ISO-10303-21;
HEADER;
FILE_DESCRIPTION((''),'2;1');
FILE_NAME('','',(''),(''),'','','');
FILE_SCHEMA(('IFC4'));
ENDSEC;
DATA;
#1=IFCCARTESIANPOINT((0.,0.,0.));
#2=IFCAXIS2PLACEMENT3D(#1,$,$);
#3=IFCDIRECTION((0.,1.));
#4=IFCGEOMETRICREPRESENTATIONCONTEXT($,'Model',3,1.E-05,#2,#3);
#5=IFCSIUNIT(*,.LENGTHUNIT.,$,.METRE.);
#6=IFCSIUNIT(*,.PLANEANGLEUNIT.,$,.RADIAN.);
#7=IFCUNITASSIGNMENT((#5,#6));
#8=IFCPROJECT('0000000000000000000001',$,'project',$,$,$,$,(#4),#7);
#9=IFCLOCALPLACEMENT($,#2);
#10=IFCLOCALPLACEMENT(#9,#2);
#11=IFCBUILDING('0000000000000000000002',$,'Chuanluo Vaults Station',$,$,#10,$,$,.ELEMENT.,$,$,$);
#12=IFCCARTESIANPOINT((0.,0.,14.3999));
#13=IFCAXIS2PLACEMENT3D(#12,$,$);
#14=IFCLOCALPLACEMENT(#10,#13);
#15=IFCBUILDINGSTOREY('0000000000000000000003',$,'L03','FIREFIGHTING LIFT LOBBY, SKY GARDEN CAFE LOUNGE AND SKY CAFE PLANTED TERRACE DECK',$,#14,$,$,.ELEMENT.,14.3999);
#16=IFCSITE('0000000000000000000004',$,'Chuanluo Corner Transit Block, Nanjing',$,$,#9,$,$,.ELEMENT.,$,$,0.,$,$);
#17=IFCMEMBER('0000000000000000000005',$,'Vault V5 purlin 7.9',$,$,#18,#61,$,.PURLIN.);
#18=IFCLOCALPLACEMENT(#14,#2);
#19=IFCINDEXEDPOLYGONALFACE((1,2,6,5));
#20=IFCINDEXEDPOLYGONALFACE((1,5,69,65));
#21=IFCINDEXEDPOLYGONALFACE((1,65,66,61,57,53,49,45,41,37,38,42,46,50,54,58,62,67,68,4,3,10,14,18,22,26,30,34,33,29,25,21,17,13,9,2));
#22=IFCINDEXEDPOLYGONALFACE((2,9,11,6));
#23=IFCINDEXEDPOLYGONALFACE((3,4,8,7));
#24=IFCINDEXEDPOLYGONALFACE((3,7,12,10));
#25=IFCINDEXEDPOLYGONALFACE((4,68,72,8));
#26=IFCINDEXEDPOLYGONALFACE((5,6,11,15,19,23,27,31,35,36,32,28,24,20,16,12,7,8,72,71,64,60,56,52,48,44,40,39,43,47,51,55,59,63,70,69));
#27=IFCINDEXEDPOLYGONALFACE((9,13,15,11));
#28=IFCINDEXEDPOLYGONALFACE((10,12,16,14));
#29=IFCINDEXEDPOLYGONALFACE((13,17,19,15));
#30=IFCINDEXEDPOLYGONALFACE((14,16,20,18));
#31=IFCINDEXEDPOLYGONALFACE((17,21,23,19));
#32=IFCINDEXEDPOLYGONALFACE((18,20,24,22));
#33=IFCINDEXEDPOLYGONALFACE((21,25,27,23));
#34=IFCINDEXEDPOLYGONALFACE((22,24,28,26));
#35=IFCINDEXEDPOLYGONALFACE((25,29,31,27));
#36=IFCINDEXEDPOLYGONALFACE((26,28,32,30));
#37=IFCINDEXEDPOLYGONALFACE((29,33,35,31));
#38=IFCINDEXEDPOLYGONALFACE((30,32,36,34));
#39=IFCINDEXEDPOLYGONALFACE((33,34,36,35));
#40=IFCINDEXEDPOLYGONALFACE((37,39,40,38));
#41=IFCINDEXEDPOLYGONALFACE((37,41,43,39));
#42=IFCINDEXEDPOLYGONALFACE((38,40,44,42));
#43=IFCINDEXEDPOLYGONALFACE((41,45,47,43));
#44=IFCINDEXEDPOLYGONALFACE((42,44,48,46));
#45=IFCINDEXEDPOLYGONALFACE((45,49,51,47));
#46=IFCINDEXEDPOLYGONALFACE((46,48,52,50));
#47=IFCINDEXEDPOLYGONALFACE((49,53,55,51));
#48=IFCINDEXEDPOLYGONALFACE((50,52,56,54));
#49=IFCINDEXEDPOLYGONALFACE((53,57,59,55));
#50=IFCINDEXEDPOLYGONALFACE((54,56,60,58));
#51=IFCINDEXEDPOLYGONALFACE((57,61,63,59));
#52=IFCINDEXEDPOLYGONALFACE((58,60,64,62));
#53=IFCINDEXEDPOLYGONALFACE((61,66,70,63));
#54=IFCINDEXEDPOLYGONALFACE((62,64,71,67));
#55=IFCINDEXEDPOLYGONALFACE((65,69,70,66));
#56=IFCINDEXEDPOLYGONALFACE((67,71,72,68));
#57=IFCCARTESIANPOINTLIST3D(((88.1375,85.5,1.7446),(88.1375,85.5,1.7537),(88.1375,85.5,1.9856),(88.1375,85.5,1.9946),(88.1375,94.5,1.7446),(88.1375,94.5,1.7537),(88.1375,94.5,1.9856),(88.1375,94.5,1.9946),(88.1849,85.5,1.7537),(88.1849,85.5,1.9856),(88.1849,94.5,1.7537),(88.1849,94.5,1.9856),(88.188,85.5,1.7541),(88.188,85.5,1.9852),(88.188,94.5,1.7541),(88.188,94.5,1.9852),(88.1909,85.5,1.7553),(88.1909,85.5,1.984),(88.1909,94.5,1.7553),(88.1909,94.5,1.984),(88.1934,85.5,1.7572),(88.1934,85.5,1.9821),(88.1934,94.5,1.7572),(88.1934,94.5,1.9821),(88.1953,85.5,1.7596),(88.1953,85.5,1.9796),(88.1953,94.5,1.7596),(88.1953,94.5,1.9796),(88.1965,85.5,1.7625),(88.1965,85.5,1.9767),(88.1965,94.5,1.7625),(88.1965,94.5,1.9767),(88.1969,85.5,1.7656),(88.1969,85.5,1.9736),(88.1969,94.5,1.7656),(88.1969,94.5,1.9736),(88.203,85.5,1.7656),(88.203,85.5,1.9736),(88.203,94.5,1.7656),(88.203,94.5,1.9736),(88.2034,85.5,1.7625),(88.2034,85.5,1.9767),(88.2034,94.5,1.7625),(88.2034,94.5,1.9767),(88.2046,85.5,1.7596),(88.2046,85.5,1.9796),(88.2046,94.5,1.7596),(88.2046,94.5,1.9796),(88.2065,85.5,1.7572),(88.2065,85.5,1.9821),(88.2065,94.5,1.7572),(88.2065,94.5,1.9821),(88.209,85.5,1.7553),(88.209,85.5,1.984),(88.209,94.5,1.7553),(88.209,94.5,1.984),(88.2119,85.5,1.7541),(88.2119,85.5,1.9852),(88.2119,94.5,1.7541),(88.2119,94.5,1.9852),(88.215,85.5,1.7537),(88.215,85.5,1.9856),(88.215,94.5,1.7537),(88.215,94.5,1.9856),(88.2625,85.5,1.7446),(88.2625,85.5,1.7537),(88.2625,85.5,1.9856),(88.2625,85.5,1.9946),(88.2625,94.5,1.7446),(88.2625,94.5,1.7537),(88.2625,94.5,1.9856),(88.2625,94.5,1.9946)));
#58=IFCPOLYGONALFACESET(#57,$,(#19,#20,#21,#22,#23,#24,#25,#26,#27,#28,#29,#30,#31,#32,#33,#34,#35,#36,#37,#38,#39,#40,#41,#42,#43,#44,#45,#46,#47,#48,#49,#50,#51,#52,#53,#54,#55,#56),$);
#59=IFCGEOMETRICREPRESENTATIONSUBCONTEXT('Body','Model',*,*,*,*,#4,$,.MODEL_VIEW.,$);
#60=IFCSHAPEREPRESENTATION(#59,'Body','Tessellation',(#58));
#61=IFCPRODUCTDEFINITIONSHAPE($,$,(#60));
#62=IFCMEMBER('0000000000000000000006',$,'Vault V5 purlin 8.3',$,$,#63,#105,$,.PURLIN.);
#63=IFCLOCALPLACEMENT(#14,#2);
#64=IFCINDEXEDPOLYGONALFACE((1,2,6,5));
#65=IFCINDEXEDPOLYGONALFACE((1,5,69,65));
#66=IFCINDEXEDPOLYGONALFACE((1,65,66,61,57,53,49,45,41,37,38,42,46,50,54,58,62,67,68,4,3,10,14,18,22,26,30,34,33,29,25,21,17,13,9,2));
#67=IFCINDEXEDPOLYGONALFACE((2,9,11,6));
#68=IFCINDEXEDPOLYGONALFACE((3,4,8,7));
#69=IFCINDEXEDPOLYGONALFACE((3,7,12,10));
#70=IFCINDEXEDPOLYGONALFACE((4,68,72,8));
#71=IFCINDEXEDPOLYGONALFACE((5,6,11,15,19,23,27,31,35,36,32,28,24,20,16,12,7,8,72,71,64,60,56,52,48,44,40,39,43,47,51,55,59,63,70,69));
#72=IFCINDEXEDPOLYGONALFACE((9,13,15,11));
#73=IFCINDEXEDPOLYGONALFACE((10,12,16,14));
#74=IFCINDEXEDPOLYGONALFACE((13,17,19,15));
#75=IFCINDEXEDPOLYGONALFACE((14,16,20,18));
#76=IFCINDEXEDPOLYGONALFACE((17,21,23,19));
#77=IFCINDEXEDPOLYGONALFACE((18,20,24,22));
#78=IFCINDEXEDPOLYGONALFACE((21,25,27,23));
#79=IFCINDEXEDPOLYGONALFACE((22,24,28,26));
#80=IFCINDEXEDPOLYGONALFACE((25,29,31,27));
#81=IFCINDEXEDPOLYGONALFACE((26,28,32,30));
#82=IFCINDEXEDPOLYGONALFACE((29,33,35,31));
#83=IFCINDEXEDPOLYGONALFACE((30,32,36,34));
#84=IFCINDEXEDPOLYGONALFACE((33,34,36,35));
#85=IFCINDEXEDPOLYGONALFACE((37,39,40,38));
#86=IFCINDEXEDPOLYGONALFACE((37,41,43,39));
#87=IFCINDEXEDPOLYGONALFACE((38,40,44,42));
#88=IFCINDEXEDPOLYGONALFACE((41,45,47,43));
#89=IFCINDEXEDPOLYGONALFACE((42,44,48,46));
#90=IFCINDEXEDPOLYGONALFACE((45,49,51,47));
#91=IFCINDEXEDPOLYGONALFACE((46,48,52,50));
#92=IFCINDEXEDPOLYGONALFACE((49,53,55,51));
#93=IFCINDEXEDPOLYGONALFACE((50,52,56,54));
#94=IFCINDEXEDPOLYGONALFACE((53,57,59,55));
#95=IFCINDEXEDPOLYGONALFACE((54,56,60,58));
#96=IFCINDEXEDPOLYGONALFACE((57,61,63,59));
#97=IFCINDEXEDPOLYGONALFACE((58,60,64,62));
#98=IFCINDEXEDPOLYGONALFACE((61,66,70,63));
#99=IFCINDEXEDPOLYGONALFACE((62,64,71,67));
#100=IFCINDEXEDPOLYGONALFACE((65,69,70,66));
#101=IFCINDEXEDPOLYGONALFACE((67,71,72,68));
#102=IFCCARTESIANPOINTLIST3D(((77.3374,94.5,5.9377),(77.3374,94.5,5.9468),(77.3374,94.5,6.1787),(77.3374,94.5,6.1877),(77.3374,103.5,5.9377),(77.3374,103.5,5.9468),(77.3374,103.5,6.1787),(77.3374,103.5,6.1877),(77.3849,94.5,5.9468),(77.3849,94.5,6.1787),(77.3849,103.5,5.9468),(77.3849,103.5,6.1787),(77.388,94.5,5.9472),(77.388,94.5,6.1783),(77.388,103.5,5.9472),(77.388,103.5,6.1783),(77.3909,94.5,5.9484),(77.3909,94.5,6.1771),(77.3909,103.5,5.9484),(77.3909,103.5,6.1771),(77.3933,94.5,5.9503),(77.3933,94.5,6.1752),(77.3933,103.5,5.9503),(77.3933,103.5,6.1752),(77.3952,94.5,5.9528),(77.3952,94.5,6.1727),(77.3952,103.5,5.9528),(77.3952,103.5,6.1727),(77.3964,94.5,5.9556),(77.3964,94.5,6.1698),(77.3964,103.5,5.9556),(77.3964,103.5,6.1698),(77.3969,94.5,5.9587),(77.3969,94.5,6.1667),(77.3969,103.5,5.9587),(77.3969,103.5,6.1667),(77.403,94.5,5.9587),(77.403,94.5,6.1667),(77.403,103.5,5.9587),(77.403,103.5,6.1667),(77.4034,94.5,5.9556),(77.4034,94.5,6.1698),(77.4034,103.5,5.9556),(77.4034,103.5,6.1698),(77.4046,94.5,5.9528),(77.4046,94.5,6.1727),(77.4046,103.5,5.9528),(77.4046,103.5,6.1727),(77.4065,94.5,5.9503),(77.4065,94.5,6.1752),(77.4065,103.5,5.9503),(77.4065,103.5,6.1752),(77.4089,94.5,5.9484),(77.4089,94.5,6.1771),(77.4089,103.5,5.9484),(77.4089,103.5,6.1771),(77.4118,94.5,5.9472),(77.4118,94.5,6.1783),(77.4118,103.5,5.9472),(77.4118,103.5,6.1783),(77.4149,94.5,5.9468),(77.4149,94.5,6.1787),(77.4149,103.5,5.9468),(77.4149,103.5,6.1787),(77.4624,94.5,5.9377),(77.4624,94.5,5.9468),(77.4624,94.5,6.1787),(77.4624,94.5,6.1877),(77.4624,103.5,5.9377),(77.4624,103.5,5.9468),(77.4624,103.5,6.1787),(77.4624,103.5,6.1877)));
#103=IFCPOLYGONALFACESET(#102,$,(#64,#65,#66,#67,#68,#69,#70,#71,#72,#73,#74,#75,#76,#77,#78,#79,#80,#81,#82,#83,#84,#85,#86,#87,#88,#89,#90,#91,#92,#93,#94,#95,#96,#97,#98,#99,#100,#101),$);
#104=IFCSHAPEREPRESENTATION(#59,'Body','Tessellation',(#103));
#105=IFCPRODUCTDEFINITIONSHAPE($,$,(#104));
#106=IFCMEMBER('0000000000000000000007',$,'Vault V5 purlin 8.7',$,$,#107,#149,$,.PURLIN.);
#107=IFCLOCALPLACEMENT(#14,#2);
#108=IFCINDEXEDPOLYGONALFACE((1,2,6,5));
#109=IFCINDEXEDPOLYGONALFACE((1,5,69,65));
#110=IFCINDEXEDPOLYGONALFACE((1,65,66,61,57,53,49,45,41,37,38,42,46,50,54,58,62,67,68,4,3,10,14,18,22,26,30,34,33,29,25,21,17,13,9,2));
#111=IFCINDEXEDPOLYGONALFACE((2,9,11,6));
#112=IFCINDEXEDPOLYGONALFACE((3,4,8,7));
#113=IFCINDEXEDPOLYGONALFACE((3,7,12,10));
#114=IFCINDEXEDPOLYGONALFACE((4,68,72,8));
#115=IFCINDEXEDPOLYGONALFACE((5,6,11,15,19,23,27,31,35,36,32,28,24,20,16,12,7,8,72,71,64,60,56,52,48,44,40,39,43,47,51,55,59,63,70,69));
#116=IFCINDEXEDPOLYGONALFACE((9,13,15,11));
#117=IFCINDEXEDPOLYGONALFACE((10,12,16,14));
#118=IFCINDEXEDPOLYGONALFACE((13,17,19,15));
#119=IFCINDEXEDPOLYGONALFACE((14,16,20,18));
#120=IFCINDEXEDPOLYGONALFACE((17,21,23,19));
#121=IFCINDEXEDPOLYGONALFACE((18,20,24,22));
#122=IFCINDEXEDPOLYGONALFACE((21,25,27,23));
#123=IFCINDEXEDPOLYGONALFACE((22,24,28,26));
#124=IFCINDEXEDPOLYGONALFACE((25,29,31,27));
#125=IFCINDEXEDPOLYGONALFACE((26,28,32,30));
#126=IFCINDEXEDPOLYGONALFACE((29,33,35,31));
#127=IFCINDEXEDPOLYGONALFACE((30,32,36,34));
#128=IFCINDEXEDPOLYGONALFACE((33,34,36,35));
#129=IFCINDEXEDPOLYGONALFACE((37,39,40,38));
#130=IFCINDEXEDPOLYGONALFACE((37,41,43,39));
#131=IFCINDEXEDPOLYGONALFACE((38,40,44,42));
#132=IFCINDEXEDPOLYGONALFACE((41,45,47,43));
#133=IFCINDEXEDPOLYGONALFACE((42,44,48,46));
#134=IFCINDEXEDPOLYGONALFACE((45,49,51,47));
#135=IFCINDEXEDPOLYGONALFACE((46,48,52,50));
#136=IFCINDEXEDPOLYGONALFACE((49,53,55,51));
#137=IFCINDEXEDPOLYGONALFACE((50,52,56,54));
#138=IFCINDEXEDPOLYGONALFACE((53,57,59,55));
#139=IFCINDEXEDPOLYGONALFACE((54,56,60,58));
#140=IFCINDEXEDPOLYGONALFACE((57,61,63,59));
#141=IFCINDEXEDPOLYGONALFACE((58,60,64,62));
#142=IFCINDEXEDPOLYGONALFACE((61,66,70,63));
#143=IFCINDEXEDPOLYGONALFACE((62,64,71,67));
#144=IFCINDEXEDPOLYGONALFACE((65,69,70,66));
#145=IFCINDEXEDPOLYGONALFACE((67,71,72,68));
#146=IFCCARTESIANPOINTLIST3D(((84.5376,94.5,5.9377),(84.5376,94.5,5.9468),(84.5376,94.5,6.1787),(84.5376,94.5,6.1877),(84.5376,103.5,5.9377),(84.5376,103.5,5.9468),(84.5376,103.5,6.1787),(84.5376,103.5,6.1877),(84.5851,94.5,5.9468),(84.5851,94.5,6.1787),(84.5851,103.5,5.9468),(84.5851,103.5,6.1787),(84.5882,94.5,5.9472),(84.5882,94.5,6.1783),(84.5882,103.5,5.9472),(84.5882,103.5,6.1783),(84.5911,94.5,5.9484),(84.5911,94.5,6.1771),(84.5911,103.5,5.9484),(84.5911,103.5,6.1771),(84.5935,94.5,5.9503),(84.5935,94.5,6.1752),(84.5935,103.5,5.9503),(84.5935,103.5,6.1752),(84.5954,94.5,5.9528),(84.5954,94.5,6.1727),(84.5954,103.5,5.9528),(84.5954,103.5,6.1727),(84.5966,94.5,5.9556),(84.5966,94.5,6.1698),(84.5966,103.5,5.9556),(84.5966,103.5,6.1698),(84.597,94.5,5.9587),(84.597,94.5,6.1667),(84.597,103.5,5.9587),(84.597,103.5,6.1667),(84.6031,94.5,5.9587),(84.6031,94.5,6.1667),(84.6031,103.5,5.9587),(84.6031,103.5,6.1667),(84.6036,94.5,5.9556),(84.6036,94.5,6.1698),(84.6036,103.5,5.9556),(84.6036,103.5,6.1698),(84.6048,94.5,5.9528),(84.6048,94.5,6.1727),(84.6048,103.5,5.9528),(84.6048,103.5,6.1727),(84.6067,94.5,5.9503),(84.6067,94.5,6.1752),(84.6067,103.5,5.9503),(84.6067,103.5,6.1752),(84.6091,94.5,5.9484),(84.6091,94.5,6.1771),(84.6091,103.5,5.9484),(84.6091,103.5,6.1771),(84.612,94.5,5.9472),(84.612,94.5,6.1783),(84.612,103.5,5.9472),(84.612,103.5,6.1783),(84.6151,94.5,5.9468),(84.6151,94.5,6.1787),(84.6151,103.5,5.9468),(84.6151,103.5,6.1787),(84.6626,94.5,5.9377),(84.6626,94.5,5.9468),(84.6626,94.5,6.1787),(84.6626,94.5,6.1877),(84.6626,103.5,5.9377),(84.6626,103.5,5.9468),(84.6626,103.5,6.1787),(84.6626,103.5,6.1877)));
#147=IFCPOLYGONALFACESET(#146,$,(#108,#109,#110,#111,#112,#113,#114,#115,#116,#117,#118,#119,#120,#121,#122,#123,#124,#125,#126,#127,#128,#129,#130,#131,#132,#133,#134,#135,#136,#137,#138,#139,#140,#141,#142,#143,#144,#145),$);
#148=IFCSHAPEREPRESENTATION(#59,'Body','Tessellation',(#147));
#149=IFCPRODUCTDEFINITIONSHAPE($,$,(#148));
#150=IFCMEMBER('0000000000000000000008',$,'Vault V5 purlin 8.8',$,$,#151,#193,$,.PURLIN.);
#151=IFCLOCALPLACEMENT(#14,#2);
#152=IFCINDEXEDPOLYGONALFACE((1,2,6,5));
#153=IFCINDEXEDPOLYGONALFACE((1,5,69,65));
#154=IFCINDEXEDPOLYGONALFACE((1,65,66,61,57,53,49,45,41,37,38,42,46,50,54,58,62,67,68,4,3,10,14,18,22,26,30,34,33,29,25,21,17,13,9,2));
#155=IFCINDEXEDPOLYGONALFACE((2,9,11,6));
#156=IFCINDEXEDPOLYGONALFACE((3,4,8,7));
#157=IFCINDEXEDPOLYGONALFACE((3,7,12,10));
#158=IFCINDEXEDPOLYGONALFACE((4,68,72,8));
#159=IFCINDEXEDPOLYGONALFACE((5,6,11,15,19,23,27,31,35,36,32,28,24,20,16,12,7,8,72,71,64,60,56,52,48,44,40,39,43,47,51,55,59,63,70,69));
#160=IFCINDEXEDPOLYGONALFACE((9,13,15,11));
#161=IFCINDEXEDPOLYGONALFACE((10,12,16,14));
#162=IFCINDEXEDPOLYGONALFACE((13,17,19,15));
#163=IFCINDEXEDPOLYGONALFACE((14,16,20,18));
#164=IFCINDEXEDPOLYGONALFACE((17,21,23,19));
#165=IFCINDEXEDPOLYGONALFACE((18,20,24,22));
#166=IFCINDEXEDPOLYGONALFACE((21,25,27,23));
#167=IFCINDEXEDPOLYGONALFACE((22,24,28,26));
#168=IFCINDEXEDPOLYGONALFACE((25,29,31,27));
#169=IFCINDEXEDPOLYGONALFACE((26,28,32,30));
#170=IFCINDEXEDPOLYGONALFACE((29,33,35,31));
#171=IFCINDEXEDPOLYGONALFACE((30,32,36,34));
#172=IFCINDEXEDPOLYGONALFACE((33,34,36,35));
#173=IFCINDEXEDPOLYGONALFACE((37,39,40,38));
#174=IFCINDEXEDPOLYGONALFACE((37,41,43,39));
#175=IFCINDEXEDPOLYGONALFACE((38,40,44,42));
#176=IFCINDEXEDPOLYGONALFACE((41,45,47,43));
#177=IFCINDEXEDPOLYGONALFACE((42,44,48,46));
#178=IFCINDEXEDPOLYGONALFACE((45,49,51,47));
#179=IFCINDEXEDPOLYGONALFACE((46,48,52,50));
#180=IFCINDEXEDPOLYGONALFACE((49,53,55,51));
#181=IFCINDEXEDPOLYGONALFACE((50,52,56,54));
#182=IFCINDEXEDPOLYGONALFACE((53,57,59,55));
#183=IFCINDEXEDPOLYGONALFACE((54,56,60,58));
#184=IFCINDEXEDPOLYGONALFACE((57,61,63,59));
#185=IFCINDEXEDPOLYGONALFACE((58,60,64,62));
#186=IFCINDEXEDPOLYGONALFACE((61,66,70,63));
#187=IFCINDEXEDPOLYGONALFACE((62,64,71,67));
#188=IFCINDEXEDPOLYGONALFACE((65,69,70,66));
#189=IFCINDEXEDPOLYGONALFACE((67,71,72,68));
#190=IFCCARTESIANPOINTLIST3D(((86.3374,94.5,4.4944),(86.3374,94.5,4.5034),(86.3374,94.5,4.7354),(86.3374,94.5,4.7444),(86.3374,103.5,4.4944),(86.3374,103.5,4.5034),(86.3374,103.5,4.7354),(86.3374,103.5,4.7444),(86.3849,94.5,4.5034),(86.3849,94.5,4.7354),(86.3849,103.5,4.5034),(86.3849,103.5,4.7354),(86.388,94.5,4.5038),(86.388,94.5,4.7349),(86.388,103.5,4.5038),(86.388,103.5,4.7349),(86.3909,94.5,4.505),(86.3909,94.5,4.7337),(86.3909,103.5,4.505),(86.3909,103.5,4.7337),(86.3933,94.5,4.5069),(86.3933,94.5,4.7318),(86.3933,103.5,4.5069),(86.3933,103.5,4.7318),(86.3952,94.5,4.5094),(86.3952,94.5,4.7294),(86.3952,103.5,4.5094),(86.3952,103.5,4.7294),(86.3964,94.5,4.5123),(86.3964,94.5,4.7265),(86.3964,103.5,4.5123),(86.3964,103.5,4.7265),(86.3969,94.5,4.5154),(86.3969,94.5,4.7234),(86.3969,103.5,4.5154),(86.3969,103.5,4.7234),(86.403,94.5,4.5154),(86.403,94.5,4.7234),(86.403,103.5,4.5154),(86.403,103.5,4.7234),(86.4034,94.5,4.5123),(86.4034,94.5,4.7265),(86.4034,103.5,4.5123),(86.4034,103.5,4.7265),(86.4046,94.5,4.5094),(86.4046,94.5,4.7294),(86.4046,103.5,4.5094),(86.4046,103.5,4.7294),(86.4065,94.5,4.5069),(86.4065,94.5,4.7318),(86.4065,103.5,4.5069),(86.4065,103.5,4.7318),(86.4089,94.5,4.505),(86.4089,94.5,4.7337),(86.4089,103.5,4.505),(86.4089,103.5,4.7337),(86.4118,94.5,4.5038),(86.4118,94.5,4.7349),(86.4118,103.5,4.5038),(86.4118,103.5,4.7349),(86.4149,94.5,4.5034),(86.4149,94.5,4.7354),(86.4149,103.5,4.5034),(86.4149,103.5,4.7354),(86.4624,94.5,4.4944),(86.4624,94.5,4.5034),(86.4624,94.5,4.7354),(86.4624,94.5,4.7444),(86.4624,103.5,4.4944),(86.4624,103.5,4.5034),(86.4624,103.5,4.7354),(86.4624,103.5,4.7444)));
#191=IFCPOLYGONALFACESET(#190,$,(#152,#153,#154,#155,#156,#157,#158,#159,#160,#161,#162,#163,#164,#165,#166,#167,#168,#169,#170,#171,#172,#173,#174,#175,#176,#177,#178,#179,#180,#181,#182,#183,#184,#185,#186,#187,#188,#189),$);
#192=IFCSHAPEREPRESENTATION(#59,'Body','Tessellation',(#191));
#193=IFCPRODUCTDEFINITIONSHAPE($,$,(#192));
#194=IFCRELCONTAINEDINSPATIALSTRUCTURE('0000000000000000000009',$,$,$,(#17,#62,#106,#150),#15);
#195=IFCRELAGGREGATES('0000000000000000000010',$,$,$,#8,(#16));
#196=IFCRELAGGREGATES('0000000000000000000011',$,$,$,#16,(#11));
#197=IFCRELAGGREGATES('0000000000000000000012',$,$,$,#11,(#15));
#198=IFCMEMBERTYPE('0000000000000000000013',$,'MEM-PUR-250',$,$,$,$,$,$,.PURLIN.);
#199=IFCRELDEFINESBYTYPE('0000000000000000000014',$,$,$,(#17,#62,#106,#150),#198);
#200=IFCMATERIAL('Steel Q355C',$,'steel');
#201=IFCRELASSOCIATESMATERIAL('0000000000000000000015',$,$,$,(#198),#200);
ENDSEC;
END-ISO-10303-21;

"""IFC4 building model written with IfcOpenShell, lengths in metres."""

from ifc_helpers import new_model, si_unit, direction, frame, origin, origin_2d, place, context, subcontext, project, spatial, i_section, extrude, material, material_profile, profile_set, type_object, element, save


model = new_model("IFC4")

# Units and contexts
model_context = context("Model", 3, precision=1e-05, world=origin(), true_north=direction((0.0, 1.0)))
body_context = subcontext(model_context, "Body", "Model", "MODEL_VIEW")
ifc_project = project(units=[si_unit("LENGTHUNIT", "METRE"), si_unit("PLANEANGLEUNIT", "RADIAN")], contexts=[model_context])

# Site, building, storey
site_placement = place(None, origin())
site = spatial("IfcSite", under=ifc_project, at=site_placement, Name="Chuanluo Corner Transit Block, Nanjing", CompositionType="ELEMENT", RefElevation=0.0)
building_placement = place(site_placement, origin())
building = spatial("IfcBuilding", under=site, at=building_placement, Name="Chuanluo Vaults Station", CompositionType="ELEMENT")
storey_placement = place(building_placement, frame((0.0, 0.0, 14.3999)))
storey = spatial("IfcBuildingStorey", under=building, at=storey_placement, Name="L03", Description="FIREFIGHTING LIFT LOBBY, SKY GARDEN CAFE LOUNGE AND SKY CAFE PLANTED TERRACE DECK", CompositionType="ELEMENT", Elevation=14.3999)

# Members
ifc_material_1 = material(Name="Steel Q355C", Category="steel")
ifc_material_profile_1 = material_profile(ifc_material_1, i_section(OverallWidth=0.125, OverallDepth=0.25, WebThickness=0.0061, FlangeThickness=0.009, FilletRadius=0.012, at=origin_2d()))
ifc_profile_set_1 = profile_set([ifc_material_profile_1], Name="Steel Q355C")
member_type_1 = type_object("IfcMemberType", Name="MEM-PUR-250", PredefinedType="PURLIN", material=ifc_profile_set_1)
for number, where, z_axis, x_axis, name in (
    (1, (88.2, 85.5, 1.8696), (0.0, 1.0, 0.0), (-1.0, 0.0, 0.0), "Vault V5 purlin 7.9"),
    (2, (77.3999, 94.5, 6.0627), (0.0, 1.0, 0.0), (-1.0, 0.0, 0.0), "Vault V5 purlin 8.3"),
    (3, (84.6001, 94.5, 6.0627), (0.0, 1.0, 0.0), (-1.0, 0.0, 0.0), "Vault V5 purlin 8.7"),
    (4, (86.3999, 94.5, 4.6194), (0.0, 1.0, 0.0), (-1.0, 0.0, 0.0), "Vault V5 purlin 8.8"),
):
    element("IfcMember", number, at=place(storey_placement, frame(where, z_axis=z_axis, x_axis=x_axis)), inside=storey, type_object=member_type_1, Name=name, PredefinedType="PURLIN", context=body_context, shape_type="SweptSolid", body=[
        extrude(i_section(OverallWidth=0.125, OverallDepth=0.25, WebThickness=0.0061, FlangeThickness=0.009, FilletRadius=0.012, at=origin_2d()), origin(), (0.0, 0.0, 1.0), 9.0),
    ])

save(model, "model.ifc")
